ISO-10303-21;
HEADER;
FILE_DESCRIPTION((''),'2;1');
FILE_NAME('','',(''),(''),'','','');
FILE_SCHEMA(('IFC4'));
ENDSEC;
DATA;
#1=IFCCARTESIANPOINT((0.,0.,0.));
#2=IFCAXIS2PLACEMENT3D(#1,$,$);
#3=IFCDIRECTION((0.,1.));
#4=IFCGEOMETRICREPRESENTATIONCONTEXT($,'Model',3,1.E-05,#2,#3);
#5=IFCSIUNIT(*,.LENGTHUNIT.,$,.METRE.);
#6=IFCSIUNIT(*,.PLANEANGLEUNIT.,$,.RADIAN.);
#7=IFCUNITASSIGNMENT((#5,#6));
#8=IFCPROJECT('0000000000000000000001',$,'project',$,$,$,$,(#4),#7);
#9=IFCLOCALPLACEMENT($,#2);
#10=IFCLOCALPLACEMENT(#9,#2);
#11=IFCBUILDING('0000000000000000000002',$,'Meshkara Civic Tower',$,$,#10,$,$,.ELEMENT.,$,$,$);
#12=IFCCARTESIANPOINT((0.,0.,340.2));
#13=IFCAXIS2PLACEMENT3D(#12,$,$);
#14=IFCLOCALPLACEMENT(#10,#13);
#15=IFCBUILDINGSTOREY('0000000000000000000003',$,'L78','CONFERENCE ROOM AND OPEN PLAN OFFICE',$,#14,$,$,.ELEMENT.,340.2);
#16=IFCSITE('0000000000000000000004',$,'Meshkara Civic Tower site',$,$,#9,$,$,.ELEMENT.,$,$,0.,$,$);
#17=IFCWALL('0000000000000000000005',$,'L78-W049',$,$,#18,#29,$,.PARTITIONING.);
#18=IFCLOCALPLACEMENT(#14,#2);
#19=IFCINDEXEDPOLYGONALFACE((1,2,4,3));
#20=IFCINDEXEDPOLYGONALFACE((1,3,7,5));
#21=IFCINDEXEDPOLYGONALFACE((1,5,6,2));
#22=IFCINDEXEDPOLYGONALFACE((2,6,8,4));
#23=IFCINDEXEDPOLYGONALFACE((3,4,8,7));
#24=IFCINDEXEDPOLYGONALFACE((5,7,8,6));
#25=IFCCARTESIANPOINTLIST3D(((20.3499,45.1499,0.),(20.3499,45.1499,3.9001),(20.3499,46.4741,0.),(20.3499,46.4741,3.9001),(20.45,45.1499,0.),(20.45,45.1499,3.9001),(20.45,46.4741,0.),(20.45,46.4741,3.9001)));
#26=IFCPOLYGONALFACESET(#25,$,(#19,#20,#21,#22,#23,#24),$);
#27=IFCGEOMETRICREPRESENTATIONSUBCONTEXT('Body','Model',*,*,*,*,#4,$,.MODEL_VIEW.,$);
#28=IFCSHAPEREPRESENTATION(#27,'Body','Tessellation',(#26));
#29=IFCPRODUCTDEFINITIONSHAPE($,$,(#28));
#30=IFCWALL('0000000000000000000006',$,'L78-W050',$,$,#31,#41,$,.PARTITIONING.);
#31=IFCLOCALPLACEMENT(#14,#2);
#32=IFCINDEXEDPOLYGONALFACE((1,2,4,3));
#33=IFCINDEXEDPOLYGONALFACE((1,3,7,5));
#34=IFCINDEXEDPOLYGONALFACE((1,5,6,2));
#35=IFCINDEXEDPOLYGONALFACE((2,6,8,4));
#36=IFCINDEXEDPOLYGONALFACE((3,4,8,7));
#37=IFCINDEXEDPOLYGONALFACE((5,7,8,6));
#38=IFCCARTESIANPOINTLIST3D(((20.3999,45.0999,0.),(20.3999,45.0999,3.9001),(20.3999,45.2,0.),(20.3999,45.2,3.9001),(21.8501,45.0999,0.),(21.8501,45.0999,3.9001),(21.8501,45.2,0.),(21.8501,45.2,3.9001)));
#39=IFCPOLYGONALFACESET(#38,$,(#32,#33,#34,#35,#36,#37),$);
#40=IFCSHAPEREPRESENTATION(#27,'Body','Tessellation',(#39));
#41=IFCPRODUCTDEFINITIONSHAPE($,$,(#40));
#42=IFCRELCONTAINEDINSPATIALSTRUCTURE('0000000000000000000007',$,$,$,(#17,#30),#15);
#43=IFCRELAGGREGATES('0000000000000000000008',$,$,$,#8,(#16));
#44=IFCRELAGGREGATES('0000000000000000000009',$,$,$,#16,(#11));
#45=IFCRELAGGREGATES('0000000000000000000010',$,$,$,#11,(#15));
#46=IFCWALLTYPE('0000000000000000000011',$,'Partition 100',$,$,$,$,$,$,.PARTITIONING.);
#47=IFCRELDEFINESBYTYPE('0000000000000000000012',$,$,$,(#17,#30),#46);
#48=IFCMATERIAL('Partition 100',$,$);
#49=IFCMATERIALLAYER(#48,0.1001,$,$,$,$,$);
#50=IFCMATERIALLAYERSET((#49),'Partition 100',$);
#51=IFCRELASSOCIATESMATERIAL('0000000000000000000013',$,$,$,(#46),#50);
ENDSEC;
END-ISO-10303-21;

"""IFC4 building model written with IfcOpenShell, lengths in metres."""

from ifc_helpers import new_model, si_unit, direction, frame, frame_2d, origin, place, context, subcontext, project, spatial, rectangle, extrude, material, layer, layer_set, type_object, element, save


model = new_model("IFC4")

# Units and contexts
model_context = context("Model", 3, precision=1e-05, world=origin(), true_north=direction((0.0, 1.0)))
body_context = subcontext(model_context, "Body", "Model", "MODEL_VIEW")
ifc_project = project(units=[si_unit("LENGTHUNIT", "METRE"), si_unit("PLANEANGLEUNIT", "RADIAN")], contexts=[model_context])

# Site, building, storey
site_placement = place(None, origin())
site = spatial("IfcSite", under=ifc_project, at=site_placement, Name="Meshkara Civic Tower site", CompositionType="ELEMENT", RefElevation=0.0)
building_placement = place(site_placement, origin())
building = spatial("IfcBuilding", under=site, at=building_placement, Name="Meshkara Civic Tower", CompositionType="ELEMENT")
storey_placement = place(building_placement, frame((0.0, 0.0, 340.2)))
storey = spatial("IfcBuildingStorey", under=building, at=storey_placement, Name="L78", Description="CONFERENCE ROOM AND OPEN PLAN OFFICE", CompositionType="ELEMENT", Elevation=340.2)

# Walls
ifc_material_1 = material(Name="Partition 100")
ifc_layer_1 = layer(ifc_material_1, 0.1001)
ifc_layer_set_1 = layer_set([ifc_layer_1], Name="Partition 100")
wall_type_1 = type_object("IfcWallType", Name="Partition 100", PredefinedType="PARTITIONING", material=ifc_layer_set_1)
wall_1_placement = place(storey_placement, frame((20.3999, 45.1499, 0.0), z_axis=(0.0, 0.0, 1.0), x_axis=(0.0, 1.0, 0.0)))
element("IfcWall", 1, at=wall_1_placement, inside=storey, type_object=wall_type_1, Name="L78-W049", PredefinedType="PARTITIONING", context=body_context, shape_type="SweptSolid", body=[
    extrude(rectangle(XDim=1.3242, YDim=0.1001, at=frame_2d((0.6621, 0.0))), origin(), (0.0, 0.0, 1.0), 3.9001),
])
wall_2_placement = place(storey_placement, frame((21.8501, 45.1499, 0.0), z_axis=(0.0, 0.0, 1.0), x_axis=(-1.0, 0.0, 0.0)))
element("IfcWall", 2, at=wall_2_placement, inside=storey, type_object=wall_type_1, Name="L78-W050", PredefinedType="PARTITIONING", context=body_context, shape_type="SweptSolid", body=[
    extrude(rectangle(XDim=1.4502, YDim=0.1001, at=frame_2d((0.7251, 0.0))), origin(), (0.0, 0.0, 1.0), 3.9001),
])

save(model, "model.ifc")
